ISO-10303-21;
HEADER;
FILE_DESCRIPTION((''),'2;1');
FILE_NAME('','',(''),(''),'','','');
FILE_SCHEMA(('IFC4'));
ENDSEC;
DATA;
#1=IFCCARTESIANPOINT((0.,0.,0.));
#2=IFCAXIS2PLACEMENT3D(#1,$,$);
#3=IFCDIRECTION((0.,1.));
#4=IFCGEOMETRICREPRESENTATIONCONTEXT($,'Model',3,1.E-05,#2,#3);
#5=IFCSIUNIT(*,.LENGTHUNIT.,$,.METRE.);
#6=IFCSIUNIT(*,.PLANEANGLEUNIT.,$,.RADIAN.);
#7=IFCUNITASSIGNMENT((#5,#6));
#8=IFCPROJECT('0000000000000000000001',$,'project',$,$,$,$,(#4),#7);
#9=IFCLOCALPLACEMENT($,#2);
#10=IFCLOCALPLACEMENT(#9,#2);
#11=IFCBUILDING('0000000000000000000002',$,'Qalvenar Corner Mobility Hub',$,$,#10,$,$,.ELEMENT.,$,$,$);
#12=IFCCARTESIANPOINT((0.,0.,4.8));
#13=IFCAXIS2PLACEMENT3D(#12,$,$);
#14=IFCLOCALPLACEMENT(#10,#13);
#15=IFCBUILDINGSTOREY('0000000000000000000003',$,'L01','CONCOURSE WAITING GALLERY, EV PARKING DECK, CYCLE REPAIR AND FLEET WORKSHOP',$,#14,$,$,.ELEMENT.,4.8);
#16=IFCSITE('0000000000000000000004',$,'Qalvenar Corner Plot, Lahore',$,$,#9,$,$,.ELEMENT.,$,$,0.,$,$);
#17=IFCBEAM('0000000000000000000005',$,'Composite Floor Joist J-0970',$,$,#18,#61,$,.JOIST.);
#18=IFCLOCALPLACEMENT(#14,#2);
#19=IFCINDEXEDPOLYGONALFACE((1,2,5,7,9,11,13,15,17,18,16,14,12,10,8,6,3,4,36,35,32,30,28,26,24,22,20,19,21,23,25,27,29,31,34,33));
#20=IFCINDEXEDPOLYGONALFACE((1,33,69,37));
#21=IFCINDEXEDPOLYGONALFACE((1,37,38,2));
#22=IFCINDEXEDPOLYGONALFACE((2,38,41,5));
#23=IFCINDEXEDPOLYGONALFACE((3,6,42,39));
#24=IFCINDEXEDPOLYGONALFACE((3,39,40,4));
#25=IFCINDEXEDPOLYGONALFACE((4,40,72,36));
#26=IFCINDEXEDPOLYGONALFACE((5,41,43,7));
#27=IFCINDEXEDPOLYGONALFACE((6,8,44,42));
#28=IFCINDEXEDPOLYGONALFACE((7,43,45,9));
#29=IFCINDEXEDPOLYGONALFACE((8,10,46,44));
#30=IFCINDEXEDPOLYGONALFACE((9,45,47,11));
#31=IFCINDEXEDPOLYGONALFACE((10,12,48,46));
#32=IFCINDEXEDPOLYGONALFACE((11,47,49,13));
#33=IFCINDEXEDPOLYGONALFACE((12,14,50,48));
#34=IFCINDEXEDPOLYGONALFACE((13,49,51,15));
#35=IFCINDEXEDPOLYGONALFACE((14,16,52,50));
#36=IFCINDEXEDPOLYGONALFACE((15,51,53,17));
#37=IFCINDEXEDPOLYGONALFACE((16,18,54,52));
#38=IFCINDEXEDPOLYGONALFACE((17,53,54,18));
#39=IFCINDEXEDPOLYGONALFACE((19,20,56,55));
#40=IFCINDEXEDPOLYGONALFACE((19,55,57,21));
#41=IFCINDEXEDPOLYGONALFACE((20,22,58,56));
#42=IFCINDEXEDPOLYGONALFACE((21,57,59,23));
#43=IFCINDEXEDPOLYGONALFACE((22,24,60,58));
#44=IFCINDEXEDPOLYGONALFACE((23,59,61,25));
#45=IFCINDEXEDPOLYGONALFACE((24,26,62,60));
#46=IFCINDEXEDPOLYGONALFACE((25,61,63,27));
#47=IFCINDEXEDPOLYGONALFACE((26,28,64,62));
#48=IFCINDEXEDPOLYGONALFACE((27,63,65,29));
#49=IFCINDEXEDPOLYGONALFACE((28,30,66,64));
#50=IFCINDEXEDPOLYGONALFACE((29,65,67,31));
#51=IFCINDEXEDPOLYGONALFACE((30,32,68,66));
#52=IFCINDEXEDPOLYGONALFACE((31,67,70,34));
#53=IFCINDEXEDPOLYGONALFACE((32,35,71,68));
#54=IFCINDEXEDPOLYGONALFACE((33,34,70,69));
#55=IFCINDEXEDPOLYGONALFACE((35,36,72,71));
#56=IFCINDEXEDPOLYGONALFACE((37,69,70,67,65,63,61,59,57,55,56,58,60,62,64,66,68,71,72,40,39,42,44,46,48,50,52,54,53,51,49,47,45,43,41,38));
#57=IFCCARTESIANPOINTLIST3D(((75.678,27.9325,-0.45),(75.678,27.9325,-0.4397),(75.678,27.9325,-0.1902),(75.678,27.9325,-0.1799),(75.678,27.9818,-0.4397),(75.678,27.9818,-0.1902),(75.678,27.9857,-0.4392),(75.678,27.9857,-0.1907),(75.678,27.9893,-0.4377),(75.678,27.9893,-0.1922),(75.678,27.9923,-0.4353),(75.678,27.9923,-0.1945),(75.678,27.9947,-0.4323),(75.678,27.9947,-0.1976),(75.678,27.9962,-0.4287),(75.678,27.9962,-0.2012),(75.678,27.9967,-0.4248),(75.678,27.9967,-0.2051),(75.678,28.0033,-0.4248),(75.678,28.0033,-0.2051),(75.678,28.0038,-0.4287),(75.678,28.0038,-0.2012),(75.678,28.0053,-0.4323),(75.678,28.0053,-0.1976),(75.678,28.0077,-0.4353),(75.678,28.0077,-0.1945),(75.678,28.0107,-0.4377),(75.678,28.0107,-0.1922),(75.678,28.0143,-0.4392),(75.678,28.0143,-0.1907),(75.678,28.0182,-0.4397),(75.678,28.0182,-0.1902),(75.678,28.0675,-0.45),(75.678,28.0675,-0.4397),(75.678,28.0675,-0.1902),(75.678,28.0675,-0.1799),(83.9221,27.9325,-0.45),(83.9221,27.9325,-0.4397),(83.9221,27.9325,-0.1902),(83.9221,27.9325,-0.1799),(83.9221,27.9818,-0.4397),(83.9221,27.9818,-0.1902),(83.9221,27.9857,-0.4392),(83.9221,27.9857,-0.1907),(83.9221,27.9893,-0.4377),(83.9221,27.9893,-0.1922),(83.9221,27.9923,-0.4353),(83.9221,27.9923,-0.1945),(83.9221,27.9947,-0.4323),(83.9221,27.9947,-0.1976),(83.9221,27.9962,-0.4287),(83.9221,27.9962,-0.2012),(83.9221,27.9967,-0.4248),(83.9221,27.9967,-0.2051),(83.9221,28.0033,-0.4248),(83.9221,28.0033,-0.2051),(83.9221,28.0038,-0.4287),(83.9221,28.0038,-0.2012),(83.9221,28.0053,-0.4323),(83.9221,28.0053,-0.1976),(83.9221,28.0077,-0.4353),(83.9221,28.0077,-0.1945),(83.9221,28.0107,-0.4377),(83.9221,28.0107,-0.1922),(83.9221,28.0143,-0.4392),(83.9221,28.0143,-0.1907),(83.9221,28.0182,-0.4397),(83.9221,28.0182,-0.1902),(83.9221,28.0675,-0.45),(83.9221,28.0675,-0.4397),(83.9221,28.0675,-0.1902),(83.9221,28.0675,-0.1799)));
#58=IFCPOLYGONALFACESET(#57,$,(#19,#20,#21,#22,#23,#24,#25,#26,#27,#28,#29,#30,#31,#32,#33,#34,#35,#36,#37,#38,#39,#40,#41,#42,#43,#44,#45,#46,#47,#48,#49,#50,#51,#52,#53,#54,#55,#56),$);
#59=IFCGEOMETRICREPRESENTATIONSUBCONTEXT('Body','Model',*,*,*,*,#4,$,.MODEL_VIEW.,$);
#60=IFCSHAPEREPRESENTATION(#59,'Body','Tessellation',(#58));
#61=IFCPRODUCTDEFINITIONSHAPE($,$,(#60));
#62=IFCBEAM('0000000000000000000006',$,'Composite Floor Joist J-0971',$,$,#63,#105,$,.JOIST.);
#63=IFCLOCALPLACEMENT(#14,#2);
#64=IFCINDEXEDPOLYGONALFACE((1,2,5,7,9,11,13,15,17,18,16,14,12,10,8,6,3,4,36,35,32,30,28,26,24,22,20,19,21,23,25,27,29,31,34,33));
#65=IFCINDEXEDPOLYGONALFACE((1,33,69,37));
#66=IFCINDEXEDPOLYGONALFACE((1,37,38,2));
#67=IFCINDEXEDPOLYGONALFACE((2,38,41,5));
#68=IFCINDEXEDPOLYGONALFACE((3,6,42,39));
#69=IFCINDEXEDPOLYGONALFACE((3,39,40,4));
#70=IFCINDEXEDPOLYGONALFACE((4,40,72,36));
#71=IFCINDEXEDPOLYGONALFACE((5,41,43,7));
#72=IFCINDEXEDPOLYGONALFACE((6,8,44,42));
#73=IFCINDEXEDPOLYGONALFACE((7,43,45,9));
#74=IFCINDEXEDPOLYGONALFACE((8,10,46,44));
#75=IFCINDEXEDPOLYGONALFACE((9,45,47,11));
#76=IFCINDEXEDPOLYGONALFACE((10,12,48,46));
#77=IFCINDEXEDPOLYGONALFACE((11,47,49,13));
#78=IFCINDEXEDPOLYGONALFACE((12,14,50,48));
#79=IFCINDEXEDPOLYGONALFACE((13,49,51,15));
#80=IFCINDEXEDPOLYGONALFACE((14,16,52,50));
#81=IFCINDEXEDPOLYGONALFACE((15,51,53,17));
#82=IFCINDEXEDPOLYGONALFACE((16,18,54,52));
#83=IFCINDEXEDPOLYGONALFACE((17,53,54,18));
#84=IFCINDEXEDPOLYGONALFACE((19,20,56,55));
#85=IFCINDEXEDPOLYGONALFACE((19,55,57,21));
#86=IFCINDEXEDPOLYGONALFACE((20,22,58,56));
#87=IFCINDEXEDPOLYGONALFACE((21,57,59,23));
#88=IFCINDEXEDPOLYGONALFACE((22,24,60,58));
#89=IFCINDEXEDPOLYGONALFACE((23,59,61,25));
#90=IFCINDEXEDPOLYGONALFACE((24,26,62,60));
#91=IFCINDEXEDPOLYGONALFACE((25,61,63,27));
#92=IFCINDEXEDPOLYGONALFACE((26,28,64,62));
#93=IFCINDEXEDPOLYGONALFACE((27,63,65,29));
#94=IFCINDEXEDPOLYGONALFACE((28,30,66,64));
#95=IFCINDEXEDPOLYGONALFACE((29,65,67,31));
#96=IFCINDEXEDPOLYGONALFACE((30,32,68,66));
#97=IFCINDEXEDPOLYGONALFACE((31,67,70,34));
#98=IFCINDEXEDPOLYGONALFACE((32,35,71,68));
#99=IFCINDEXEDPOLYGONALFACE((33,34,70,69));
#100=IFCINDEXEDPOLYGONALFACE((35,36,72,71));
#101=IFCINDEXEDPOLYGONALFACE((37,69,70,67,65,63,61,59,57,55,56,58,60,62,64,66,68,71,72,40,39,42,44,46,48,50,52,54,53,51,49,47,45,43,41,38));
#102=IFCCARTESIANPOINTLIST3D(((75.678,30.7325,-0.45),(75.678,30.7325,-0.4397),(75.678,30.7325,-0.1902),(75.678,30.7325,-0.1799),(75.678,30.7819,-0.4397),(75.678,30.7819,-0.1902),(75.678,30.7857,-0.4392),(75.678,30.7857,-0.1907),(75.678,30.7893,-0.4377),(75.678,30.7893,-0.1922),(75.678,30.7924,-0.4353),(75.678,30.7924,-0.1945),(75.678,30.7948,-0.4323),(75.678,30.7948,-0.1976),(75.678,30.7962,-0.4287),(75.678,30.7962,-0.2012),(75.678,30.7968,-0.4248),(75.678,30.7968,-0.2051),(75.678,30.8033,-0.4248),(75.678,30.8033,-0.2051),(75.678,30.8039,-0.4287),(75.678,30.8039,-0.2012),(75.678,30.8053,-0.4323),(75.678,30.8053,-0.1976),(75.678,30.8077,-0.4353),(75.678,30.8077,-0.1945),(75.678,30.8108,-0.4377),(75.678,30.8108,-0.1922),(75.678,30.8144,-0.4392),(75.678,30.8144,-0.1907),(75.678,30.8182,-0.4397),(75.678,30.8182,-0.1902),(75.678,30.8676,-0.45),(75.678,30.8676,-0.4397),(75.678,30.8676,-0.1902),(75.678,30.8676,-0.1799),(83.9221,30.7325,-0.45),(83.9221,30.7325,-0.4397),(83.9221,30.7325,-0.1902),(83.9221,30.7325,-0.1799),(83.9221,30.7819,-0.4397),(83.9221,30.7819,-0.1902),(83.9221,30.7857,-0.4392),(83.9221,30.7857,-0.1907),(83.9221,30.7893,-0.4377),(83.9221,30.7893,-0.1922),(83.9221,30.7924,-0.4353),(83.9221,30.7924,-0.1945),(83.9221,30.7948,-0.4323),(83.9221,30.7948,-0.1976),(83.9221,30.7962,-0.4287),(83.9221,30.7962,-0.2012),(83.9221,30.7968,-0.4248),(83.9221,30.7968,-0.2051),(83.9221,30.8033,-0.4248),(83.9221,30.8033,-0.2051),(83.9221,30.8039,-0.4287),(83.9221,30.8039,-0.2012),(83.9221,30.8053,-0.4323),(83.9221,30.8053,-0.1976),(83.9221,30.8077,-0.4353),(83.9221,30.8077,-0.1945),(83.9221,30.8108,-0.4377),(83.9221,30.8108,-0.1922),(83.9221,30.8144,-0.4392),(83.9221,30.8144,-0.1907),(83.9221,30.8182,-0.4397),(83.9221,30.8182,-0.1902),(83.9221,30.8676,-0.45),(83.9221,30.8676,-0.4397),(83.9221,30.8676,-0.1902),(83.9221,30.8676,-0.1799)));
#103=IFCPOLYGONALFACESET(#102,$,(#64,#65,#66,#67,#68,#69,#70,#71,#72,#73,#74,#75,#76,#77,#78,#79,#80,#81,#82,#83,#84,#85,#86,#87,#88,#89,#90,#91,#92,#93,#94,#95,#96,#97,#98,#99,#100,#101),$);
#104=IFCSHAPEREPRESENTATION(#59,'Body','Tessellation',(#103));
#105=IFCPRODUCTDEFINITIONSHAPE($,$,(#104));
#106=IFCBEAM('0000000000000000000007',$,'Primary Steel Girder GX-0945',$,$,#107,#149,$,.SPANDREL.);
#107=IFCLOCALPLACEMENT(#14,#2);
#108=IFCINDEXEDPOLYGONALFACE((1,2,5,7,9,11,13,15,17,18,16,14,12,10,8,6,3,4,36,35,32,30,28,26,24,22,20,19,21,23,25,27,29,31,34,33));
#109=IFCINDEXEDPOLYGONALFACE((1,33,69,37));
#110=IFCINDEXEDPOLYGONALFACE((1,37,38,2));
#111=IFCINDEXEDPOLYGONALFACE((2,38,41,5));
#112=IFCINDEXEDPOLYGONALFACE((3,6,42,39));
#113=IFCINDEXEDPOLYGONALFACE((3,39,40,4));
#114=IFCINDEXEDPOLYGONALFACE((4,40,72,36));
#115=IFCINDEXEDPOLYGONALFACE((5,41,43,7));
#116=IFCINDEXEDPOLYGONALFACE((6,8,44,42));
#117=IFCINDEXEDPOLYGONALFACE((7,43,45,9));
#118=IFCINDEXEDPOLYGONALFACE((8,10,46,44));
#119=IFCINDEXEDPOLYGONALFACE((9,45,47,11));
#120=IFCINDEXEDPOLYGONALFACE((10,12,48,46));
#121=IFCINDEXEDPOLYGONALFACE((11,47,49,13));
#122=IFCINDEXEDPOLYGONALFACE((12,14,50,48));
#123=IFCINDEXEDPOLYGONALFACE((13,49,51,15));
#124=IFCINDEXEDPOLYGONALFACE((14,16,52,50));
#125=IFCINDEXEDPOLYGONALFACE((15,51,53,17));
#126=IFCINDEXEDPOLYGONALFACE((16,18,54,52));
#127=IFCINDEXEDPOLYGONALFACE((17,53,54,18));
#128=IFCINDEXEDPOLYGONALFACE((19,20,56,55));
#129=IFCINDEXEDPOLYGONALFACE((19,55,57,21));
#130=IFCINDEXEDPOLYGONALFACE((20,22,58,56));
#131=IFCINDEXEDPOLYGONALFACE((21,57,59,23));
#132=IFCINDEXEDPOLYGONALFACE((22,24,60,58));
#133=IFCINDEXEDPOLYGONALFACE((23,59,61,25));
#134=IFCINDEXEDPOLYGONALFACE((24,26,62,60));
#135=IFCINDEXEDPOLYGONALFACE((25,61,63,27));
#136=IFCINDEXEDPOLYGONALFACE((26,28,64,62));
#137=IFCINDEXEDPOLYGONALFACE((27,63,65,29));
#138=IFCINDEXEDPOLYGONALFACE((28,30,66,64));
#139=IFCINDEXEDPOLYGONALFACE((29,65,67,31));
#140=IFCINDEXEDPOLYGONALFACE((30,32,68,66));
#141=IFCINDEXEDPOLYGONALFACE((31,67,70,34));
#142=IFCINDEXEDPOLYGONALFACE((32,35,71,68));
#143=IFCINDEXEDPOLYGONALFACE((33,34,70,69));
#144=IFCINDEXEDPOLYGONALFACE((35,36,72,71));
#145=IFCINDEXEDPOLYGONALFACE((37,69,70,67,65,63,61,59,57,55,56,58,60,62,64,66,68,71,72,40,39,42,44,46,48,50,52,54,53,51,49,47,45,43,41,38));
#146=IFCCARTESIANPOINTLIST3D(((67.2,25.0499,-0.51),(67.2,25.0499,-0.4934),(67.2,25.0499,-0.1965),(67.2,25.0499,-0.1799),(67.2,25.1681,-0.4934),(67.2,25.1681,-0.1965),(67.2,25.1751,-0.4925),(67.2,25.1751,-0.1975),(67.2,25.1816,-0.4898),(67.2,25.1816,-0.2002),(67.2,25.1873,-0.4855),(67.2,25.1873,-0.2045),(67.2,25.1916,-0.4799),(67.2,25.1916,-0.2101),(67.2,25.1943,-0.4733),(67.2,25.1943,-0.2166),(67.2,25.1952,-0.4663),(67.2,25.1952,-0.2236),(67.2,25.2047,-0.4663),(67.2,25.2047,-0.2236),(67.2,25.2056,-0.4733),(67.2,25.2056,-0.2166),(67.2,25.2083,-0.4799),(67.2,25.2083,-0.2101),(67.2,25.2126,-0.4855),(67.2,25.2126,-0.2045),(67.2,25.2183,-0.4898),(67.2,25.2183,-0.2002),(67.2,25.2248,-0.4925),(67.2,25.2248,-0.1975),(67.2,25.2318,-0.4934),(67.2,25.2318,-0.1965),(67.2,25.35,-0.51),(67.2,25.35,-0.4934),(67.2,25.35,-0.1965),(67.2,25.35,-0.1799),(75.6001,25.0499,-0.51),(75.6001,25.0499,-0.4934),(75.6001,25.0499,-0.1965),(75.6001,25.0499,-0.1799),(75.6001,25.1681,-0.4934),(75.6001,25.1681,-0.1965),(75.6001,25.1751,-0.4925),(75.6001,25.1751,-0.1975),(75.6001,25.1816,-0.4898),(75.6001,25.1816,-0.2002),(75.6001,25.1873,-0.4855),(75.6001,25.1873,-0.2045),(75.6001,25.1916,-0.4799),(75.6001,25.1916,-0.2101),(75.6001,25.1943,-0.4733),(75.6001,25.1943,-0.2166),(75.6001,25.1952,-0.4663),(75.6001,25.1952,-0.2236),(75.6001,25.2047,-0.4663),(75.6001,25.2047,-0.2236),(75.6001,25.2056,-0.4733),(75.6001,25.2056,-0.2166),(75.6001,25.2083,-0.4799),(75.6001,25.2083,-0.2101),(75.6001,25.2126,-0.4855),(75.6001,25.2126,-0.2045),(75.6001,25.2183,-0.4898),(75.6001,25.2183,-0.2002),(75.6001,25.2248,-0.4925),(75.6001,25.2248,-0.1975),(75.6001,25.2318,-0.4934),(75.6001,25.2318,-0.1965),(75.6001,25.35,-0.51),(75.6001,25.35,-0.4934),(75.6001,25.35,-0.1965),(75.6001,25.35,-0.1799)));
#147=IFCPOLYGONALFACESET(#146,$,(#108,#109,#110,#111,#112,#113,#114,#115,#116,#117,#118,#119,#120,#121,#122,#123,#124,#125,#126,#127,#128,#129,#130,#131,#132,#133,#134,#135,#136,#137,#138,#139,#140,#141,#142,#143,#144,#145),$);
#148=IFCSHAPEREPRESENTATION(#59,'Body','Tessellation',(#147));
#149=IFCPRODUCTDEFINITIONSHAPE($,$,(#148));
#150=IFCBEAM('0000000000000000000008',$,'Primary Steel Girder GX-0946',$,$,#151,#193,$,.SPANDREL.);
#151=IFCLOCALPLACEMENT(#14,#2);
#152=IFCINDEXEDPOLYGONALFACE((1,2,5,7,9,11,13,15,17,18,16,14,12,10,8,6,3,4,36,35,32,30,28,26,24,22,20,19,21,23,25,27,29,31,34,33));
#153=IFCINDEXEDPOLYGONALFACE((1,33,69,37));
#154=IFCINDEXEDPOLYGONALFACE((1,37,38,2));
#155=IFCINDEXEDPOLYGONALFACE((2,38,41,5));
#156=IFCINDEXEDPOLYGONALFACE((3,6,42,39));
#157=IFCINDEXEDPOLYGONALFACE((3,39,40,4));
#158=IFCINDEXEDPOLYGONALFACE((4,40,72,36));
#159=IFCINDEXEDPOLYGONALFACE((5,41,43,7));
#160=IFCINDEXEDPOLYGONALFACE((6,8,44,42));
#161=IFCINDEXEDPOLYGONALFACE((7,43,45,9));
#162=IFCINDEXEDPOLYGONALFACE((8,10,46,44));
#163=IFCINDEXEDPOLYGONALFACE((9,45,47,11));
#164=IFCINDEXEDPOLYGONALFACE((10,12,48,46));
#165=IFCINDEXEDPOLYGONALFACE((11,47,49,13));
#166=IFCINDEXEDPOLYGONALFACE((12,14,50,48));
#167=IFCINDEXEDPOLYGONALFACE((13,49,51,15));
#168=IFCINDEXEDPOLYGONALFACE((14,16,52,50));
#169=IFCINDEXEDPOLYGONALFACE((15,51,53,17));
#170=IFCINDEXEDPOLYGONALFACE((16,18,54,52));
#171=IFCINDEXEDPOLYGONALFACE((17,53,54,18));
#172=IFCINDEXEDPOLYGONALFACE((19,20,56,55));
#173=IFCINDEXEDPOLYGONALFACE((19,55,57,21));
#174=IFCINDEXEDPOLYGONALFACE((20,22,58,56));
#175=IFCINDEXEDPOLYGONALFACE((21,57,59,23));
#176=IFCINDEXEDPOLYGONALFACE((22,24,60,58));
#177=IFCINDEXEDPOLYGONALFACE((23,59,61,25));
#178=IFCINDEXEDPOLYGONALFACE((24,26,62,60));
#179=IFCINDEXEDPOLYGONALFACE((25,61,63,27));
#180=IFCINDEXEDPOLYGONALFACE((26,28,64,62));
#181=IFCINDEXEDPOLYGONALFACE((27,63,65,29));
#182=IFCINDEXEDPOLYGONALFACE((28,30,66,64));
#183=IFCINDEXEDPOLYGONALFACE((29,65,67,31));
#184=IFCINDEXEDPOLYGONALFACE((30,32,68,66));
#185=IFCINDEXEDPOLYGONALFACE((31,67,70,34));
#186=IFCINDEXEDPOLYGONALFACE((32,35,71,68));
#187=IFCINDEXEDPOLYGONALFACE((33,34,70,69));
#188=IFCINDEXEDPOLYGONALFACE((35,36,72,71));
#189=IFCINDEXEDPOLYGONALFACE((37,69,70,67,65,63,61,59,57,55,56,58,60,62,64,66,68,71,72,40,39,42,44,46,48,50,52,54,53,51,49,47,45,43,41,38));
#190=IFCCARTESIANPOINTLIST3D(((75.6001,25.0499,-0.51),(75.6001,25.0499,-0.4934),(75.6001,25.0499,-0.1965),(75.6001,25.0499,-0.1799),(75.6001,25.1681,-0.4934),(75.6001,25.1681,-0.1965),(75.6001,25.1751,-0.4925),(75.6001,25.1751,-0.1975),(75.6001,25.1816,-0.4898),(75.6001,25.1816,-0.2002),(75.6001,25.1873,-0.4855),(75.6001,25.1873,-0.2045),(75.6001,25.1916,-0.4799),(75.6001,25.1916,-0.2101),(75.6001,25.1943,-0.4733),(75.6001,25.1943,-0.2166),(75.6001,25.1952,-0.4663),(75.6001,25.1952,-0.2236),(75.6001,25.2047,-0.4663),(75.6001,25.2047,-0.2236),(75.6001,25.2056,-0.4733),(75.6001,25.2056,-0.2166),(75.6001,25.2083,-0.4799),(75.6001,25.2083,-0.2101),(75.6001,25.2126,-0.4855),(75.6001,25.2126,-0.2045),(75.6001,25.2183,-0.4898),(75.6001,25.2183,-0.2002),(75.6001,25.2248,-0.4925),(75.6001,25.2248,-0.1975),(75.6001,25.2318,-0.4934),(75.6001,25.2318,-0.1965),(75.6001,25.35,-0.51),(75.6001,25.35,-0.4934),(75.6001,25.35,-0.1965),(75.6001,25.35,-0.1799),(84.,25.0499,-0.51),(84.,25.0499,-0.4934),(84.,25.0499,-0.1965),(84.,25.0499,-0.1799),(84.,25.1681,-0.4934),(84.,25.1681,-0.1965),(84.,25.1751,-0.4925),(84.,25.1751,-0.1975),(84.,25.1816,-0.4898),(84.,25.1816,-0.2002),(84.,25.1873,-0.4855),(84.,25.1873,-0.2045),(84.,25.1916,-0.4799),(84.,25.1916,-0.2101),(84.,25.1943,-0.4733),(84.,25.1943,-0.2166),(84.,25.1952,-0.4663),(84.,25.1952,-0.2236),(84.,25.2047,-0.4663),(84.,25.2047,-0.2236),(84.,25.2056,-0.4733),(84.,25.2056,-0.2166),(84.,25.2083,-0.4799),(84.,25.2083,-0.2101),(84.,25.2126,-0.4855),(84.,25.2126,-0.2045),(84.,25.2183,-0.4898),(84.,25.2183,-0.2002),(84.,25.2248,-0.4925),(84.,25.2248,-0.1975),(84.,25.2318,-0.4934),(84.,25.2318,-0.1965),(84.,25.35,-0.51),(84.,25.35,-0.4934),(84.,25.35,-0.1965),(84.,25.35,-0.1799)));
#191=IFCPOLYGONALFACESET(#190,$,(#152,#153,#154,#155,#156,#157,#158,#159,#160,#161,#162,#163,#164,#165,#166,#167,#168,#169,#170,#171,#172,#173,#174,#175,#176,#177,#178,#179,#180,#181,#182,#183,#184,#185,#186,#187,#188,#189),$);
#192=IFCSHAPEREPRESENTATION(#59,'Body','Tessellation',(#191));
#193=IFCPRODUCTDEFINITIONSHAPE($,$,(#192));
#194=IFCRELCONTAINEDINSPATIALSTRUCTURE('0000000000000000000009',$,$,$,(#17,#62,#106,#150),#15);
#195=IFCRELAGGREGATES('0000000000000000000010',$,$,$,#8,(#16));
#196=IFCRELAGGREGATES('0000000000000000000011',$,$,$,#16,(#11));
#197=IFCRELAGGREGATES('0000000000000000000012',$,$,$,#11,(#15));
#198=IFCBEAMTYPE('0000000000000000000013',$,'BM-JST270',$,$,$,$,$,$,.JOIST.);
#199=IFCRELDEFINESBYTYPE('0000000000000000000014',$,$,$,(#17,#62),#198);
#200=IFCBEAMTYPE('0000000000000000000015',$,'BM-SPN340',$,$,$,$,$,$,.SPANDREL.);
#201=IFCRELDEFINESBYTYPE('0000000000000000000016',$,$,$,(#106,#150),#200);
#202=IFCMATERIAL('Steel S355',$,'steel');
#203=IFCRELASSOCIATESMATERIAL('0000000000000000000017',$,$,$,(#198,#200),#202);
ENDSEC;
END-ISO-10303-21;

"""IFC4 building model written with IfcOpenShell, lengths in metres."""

from ifc_helpers import new_model, si_unit, direction, frame, origin, origin_2d, place, context, subcontext, project, spatial, i_section, extrude, material, material_profile, profile_set, type_object, element, save


model = new_model("IFC4")

# Units and contexts
model_context = context("Model", 3, precision=1e-05, world=origin(), true_north=direction((0.0, 1.0)))
body_context = subcontext(model_context, "Body", "Model", "MODEL_VIEW")
ifc_project = project(units=[si_unit("LENGTHUNIT", "METRE"), si_unit("PLANEANGLEUNIT", "RADIAN")], contexts=[model_context])

# Site, building, storey
site_placement = place(None, origin())
site = spatial("IfcSite", under=ifc_project, at=site_placement, Name="Qalvenar Corner Plot, Lahore", CompositionType="ELEMENT", RefElevation=0.0)
building_placement = place(site_placement, origin())
building = spatial("IfcBuilding", under=site, at=building_placement, Name="Qalvenar Corner Mobility Hub", CompositionType="ELEMENT")
storey_placement = place(building_placement, frame((0.0, 0.0, 4.8)))
storey = spatial("IfcBuildingStorey", under=building, at=storey_placement, Name="L01", Description="CONCOURSE WAITING GALLERY, EV PARKING DECK, CYCLE REPAIR AND FLEET WORKSHOP", CompositionType="ELEMENT", Elevation=4.8)

# Shared definitions
ifc_material_1 = material(Name="Steel S355", Category="steel")

# Beams
ifc_material_profile_1 = material_profile(ifc_material_1, i_section(OverallWidth=0.135, OverallDepth=0.27, WebThickness=0.0066, FlangeThickness=0.0103, FilletRadius=0.0149, at=origin_2d()), Name="IPE270")
ifc_profile_set_1 = profile_set([ifc_material_profile_1], Name="Steel S355")
beam_type_1 = type_object("IfcBeamType", Name="BM-JST270", PredefinedType="JOIST", material=ifc_profile_set_1)
for number, where, z_axis, x_axis, name in (
    (1, (75.678, 28.0, -0.3149), (1.0, 0.0, 0.0), (0.0, 1.0, 0.0), "Composite Floor Joist J-0970"),
    (2, (75.678, 30.8, -0.3149), (1.0, 0.0, 0.0), (0.0, 1.0, 0.0), "Composite Floor Joist J-0971"),
):
    element("IfcBeam", number, at=place(storey_placement, frame(where, z_axis=z_axis, x_axis=x_axis)), inside=storey, type_object=beam_type_1, Name=name, PredefinedType="JOIST", context=body_context, shape_type="SweptSolid", body=[
        extrude(i_section(OverallWidth=0.135, OverallDepth=0.27, WebThickness=0.0066, FlangeThickness=0.0103, FilletRadius=0.0149, at=origin_2d()), origin(), (0.0, 0.0, 1.0), 8.2441),
    ])
ifc_material_profile_2 = material_profile(ifc_material_1, i_section(OverallWidth=0.3, OverallDepth=0.3301, WebThickness=0.0095, FlangeThickness=0.0166, FilletRadius=0.0271, at=origin_2d()), Name="HEA340")
ifc_profile_set_2 = profile_set([ifc_material_profile_2], Name="Steel S355")
beam_type_2 = type_object("IfcBeamType", Name="BM-SPN340", PredefinedType="SPANDREL", material=ifc_profile_set_2)
beam_1_placement = place(storey_placement, frame((67.2, 25.2, -0.345), z_axis=(1.0, 0.0, 0.0), x_axis=(0.0, 1.0, 0.0)))
element("IfcBeam", 3, at=beam_1_placement, inside=storey, type_object=beam_type_2, Name="Primary Steel Girder GX-0945", PredefinedType="SPANDREL", context=body_context, shape_type="SweptSolid", body=[
    extrude(i_section(OverallWidth=0.3, OverallDepth=0.3301, WebThickness=0.0095, FlangeThickness=0.0166, FilletRadius=0.0271, at=origin_2d()), origin(), (0.0, 0.0, 1.0), 8.4001),
])
beam_2_placement = place(storey_placement, frame((75.6001, 25.2, -0.345), z_axis=(1.0, 0.0, 0.0), x_axis=(0.0, 1.0, 0.0)))
element("IfcBeam", 4, at=beam_2_placement, inside=storey, type_object=beam_type_2, Name="Primary Steel Girder GX-0946", PredefinedType="SPANDREL", context=body_context, shape_type="SweptSolid", body=[
    extrude(i_section(OverallWidth=0.3, OverallDepth=0.3301, WebThickness=0.0095, FlangeThickness=0.0166, FilletRadius=0.0271, at=origin_2d()), origin(), (0.0, 0.0, 1.0), 8.3999),
])

save(model, "model.ifc")
